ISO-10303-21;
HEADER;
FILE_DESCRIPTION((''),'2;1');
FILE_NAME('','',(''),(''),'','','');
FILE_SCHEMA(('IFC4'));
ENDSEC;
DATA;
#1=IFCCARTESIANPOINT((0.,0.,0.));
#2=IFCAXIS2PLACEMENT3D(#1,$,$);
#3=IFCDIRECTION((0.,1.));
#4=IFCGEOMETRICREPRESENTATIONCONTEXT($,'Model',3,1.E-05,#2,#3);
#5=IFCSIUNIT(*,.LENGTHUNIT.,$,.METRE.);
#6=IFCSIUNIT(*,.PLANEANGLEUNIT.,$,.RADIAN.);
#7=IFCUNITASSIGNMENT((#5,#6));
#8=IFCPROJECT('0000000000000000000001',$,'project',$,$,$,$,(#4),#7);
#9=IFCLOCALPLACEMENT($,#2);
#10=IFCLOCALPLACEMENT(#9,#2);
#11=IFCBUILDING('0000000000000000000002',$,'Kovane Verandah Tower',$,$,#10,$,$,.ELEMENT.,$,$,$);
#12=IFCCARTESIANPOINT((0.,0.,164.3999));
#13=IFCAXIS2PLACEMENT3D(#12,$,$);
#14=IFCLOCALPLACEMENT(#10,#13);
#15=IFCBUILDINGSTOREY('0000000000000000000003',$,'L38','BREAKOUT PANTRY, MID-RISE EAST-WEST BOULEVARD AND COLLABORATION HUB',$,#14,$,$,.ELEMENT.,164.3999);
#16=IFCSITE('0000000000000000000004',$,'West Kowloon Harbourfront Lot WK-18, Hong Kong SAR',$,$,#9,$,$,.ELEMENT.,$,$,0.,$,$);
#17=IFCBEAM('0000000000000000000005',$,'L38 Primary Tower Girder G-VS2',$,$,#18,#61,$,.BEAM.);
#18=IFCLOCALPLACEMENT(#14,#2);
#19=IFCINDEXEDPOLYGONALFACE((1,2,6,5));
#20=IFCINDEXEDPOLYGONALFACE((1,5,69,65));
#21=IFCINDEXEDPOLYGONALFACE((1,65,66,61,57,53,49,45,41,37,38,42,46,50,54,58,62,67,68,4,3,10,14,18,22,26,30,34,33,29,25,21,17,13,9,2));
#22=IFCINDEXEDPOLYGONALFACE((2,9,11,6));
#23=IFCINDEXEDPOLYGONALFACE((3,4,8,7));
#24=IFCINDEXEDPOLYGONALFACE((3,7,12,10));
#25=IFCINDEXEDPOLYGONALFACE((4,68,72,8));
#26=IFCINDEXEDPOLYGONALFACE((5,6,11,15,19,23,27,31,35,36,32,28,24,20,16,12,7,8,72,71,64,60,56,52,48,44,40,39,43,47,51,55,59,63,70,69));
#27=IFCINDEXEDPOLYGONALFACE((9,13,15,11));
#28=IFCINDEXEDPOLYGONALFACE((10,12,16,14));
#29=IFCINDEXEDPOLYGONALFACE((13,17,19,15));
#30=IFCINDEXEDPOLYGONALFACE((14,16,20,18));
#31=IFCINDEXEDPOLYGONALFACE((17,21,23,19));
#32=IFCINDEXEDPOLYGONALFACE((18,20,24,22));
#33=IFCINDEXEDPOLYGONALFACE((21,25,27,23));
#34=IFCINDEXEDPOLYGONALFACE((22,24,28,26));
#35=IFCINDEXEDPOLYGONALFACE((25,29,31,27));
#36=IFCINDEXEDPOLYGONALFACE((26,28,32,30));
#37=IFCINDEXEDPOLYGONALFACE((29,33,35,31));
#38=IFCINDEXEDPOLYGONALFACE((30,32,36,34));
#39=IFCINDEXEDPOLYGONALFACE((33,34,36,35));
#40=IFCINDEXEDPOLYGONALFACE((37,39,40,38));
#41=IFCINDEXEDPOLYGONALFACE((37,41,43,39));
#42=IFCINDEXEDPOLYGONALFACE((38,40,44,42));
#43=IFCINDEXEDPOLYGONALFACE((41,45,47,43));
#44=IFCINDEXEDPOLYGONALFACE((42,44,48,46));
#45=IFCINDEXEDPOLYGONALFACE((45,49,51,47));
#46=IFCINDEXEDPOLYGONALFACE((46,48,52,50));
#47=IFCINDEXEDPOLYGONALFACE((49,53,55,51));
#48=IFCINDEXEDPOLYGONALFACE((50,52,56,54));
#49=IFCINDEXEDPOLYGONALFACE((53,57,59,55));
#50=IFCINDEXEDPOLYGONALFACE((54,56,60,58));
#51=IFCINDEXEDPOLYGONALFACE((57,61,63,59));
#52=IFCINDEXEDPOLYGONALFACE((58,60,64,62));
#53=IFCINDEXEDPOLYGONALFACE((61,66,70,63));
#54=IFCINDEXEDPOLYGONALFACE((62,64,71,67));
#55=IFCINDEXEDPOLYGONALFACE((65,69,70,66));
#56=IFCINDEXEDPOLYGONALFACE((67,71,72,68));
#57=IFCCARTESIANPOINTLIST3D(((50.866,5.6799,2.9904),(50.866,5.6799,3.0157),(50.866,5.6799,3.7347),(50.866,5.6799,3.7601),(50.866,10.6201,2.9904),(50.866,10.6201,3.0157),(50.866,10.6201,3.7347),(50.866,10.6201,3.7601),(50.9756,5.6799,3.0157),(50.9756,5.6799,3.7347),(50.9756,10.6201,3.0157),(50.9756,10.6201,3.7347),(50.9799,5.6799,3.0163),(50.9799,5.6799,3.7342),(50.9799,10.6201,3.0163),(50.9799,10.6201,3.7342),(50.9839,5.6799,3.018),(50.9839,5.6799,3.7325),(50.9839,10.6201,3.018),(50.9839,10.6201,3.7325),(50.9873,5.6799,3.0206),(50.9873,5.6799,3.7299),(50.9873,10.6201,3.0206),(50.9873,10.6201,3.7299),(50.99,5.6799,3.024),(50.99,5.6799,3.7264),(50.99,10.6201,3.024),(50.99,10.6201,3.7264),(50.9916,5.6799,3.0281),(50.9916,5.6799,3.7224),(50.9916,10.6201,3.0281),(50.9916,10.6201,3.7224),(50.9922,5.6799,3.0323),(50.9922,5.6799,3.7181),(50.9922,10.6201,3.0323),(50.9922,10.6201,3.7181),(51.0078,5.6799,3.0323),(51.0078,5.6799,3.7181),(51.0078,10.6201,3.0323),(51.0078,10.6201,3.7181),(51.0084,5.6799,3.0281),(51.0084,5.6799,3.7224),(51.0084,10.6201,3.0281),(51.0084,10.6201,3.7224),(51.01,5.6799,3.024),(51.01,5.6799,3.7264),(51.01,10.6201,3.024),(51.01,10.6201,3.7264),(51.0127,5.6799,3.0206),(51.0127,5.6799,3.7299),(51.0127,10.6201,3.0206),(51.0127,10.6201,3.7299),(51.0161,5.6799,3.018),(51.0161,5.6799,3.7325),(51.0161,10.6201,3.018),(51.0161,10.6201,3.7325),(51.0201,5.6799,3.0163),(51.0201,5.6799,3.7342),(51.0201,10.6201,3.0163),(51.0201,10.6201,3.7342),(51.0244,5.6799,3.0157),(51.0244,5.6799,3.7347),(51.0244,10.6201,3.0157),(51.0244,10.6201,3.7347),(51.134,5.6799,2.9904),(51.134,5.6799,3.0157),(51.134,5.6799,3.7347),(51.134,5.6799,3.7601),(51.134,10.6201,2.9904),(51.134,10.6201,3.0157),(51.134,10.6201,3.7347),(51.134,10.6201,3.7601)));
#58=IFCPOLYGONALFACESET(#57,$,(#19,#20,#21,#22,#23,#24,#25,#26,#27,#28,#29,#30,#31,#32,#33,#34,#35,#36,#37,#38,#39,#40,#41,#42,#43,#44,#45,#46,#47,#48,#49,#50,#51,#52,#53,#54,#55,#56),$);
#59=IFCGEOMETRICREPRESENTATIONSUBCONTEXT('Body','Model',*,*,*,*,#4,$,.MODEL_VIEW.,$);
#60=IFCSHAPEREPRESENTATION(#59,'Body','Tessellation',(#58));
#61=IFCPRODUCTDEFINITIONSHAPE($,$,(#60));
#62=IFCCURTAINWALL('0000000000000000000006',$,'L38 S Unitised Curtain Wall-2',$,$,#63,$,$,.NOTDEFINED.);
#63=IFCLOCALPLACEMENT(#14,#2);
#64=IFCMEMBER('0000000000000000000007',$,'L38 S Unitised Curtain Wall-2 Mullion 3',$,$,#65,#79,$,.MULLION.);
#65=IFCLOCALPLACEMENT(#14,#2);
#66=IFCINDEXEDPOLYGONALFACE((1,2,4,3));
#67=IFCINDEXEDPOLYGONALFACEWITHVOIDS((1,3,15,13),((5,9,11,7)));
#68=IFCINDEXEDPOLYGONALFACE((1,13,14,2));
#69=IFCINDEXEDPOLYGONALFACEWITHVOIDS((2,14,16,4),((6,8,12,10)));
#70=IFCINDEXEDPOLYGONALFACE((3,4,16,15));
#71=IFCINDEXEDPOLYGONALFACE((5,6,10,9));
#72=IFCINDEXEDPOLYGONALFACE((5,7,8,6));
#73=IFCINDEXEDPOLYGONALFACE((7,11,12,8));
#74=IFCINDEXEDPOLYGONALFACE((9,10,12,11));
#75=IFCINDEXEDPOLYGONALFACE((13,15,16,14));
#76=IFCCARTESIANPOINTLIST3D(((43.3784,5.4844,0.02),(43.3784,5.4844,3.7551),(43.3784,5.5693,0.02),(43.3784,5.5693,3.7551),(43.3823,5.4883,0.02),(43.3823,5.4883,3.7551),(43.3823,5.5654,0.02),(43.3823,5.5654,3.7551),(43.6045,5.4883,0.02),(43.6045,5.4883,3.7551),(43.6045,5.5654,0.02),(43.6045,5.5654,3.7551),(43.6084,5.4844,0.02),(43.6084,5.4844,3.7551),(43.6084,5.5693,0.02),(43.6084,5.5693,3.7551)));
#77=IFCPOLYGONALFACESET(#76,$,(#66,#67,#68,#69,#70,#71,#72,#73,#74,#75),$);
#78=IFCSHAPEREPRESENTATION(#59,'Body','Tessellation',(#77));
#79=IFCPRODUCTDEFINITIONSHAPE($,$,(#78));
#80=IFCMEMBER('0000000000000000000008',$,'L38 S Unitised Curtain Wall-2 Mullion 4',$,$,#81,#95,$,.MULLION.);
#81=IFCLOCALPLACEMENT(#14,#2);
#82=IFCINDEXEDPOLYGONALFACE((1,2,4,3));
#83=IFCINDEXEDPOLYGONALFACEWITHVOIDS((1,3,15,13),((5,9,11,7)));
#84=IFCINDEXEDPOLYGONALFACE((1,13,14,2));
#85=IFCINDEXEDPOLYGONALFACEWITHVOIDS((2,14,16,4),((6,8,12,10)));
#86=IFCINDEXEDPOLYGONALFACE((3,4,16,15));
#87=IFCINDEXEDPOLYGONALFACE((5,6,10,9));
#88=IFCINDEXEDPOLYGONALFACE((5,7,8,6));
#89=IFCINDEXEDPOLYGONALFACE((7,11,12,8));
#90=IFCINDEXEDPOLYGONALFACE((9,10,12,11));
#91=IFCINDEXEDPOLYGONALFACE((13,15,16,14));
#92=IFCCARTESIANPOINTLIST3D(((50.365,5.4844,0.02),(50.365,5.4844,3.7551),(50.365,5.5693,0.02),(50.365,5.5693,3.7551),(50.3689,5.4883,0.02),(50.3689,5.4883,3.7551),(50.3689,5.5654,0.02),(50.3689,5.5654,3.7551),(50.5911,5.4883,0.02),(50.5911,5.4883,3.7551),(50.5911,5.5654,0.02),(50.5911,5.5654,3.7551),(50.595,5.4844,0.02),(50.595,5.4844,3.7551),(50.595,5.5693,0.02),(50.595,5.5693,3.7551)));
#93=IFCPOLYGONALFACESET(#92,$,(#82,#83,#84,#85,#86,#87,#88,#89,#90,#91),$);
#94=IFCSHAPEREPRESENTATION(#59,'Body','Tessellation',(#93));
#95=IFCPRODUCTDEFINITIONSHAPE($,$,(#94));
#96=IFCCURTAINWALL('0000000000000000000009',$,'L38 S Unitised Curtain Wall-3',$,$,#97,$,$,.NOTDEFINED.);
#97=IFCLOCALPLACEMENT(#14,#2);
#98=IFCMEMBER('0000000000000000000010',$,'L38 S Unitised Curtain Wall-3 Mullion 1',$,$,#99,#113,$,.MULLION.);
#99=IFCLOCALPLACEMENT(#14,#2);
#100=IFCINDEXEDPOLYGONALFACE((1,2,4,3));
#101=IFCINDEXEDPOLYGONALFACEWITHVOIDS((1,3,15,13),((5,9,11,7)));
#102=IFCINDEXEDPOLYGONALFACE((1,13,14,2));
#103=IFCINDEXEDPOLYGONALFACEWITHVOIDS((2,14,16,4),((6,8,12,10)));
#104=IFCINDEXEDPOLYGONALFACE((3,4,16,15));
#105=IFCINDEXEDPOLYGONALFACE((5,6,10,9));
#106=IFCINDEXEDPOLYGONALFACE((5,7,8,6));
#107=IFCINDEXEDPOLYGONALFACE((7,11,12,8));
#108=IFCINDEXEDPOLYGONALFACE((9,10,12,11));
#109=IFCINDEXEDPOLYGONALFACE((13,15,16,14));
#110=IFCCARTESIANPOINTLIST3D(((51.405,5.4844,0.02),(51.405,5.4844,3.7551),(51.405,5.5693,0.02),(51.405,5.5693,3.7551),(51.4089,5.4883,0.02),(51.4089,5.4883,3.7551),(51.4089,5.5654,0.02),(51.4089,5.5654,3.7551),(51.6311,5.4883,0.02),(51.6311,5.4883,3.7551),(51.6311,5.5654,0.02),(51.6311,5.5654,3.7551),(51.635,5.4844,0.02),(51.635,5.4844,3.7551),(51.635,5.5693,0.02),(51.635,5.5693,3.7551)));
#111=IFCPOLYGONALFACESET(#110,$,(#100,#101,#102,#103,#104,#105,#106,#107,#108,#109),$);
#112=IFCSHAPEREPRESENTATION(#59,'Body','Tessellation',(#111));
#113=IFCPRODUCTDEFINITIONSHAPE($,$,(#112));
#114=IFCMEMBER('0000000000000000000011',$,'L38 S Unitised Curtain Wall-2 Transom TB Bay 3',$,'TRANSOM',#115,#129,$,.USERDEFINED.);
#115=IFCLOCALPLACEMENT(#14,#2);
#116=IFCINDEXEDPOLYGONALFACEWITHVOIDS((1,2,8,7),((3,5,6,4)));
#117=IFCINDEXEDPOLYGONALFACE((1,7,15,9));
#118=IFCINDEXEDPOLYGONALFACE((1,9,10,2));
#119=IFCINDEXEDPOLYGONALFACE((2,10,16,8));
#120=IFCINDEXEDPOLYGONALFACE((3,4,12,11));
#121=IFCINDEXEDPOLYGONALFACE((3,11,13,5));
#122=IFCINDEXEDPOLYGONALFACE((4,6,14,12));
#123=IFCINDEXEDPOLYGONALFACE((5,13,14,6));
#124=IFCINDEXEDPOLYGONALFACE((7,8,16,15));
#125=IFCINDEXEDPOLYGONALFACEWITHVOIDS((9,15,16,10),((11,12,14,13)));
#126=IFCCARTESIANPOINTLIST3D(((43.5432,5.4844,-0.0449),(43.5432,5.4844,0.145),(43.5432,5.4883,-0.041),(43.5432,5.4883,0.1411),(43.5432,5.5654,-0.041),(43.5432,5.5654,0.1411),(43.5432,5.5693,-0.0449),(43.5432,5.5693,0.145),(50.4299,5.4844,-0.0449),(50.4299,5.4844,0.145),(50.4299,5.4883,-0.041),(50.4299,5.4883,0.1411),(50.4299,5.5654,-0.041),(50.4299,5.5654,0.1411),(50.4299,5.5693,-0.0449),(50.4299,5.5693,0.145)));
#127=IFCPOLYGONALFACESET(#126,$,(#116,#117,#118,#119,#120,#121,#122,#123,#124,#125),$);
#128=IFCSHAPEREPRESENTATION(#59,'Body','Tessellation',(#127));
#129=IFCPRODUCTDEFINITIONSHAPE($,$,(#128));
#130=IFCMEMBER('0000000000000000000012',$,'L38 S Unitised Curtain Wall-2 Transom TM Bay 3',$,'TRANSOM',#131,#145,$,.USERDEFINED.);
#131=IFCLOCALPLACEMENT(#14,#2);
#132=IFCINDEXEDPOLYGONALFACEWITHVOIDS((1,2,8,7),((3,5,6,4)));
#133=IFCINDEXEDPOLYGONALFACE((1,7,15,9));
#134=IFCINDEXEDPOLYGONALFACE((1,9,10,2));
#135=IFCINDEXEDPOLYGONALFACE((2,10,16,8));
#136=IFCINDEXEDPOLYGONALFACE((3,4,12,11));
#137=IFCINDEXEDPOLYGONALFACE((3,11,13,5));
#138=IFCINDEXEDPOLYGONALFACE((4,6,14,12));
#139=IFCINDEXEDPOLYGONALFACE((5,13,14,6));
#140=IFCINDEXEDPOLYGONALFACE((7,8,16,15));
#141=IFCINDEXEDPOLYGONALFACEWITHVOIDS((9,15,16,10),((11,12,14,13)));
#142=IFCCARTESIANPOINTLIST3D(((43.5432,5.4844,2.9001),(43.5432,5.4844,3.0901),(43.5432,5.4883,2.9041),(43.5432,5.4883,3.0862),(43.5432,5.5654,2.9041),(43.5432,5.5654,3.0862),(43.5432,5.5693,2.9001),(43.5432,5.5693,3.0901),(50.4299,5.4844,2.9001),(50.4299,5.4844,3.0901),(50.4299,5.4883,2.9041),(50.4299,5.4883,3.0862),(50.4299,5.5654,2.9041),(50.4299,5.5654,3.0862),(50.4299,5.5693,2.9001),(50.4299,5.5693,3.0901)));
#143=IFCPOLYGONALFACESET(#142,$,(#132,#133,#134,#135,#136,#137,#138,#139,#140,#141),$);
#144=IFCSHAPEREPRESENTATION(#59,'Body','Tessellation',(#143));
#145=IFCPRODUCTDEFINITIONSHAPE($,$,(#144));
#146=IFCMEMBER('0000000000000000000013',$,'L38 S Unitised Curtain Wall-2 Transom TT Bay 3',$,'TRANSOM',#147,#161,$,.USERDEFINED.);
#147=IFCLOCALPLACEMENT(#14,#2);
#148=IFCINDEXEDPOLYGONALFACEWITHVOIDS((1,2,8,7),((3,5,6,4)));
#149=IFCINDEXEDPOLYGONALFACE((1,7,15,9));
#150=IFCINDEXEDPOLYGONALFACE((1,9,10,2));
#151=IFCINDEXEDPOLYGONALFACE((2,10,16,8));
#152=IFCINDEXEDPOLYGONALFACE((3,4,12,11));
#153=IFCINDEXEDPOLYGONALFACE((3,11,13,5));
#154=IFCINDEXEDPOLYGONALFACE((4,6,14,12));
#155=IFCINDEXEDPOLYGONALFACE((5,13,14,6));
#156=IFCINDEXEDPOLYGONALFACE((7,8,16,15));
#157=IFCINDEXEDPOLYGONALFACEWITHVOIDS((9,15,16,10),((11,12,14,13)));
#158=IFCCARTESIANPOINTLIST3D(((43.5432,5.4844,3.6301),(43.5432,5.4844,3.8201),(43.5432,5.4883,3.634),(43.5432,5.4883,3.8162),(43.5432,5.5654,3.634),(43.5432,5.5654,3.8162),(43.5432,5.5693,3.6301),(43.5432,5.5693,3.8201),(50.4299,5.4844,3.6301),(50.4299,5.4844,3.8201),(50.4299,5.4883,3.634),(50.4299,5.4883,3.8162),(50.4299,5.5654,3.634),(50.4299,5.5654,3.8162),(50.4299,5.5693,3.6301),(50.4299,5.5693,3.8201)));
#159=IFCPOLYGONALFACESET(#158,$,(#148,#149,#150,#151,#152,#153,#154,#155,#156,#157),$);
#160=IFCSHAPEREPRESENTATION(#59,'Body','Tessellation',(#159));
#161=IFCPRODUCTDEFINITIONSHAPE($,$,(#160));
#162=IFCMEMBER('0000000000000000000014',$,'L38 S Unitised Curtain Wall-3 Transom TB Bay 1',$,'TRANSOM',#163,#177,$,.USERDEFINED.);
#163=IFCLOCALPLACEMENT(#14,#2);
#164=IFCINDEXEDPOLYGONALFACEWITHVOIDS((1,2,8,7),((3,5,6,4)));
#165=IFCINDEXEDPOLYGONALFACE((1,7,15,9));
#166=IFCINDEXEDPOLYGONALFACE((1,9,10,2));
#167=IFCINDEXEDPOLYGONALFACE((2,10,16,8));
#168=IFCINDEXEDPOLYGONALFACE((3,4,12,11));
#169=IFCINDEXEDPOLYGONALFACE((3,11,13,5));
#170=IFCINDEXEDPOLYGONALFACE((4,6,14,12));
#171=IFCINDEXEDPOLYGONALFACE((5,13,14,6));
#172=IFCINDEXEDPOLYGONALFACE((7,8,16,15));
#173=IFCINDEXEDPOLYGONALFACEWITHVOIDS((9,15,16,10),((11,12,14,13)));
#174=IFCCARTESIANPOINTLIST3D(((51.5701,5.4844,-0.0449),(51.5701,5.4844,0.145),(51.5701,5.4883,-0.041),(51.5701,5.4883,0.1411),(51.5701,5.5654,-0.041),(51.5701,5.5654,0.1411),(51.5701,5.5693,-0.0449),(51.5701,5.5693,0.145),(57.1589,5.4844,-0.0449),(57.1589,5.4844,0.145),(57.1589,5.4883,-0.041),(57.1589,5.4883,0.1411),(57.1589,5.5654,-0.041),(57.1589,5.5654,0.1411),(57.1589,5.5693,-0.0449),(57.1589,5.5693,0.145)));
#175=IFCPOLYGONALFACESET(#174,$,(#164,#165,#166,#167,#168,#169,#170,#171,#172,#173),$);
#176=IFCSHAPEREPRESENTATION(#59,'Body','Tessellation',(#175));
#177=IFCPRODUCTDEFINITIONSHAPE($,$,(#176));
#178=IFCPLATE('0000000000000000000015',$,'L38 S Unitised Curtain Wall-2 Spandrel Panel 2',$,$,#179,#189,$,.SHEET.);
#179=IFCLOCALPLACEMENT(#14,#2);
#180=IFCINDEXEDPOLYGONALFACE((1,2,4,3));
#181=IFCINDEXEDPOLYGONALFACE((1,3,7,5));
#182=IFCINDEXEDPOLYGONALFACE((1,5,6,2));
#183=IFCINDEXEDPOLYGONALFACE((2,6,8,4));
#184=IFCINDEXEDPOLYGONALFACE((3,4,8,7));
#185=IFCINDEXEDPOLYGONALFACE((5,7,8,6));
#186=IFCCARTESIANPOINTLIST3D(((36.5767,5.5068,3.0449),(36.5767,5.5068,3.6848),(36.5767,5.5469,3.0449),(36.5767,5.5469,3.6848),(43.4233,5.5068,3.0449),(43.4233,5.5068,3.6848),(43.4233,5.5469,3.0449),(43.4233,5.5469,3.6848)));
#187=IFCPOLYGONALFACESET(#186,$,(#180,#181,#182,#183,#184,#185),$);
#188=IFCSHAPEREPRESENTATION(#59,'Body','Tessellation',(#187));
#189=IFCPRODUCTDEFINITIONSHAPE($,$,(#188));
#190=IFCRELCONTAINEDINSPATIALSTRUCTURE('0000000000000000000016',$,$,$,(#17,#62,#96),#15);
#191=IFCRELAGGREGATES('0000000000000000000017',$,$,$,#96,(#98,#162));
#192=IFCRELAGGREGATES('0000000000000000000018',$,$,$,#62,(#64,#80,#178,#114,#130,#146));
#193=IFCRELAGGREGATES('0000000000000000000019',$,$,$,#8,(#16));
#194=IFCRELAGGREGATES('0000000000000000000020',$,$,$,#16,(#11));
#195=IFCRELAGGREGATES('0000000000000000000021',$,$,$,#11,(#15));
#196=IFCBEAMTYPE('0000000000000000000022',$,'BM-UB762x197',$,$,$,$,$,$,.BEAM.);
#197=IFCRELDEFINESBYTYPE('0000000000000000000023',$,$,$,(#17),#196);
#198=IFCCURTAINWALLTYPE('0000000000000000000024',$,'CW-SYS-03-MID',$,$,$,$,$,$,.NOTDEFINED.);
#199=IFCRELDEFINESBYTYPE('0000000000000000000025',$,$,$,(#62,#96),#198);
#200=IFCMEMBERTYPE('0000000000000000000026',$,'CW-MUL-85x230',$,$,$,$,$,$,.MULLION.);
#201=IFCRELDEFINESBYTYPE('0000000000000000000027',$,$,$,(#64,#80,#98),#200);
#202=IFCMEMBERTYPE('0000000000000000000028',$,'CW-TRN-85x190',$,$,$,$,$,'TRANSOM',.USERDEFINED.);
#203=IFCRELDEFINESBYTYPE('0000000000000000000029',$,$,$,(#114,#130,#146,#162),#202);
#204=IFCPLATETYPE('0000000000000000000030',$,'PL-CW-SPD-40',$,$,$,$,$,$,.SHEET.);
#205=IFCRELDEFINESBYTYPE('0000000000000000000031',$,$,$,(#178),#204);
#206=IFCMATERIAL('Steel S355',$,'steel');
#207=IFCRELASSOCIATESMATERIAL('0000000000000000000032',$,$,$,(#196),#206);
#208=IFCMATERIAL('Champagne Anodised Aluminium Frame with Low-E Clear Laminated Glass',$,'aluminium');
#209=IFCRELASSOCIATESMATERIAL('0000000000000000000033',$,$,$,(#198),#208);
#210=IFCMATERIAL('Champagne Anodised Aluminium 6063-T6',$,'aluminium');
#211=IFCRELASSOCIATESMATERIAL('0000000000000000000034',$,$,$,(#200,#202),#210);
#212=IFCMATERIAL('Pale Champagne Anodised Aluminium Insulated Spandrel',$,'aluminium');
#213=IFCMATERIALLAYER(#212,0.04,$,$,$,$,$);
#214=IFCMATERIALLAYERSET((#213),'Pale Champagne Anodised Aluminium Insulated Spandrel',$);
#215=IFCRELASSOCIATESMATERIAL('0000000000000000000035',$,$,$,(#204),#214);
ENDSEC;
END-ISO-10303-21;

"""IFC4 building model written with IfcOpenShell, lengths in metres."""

from ifc_helpers import new_model, si_unit, direction, frame, origin, origin_2d, place, context, subcontext, project, spatial, rectangle, hollow_rectangle, i_section, extrude, material, layer, layer_set, material_profile, profile_set, type_object, element, aggregate, save


model = new_model("IFC4")

# Units and contexts
model_context = context("Model", 3, precision=1e-05, world=origin(), true_north=direction((0.0, 1.0)))
body_context = subcontext(model_context, "Body", "Model", "MODEL_VIEW")
ifc_project = project(units=[si_unit("LENGTHUNIT", "METRE"), si_unit("PLANEANGLEUNIT", "RADIAN")], contexts=[model_context])

# Site, building, storey
site_placement = place(None, origin())
site = spatial("IfcSite", under=ifc_project, at=site_placement, Name="West Kowloon Harbourfront Lot WK-18, Hong Kong SAR", CompositionType="ELEMENT", RefElevation=0.0)
building_placement = place(site_placement, origin())
building = spatial("IfcBuilding", under=site, at=building_placement, Name="Kovane Verandah Tower", CompositionType="ELEMENT")
storey_placement = place(building_placement, frame((0.0, 0.0, 164.3999)))
storey = spatial("IfcBuildingStorey", under=building, at=storey_placement, Name="L38", Description="BREAKOUT PANTRY, MID-RISE EAST-WEST BOULEVARD AND COLLABORATION HUB", CompositionType="ELEMENT", Elevation=164.3999)

# Beam
ifc_material_1 = material(Name="Steel S355", Category="steel")
ifc_material_profile_1 = material_profile(ifc_material_1, i_section(OverallWidth=0.2681, OverallDepth=0.7698, WebThickness=0.0156, FlangeThickness=0.0254, FilletRadius=0.0166, at=origin_2d()), Name="UB762x267x197")
ifc_profile_set_1 = profile_set([ifc_material_profile_1], Name="Steel S355")
beam_type = type_object("IfcBeamType", Name="BM-UB762x197", PredefinedType="BEAM", material=ifc_profile_set_1)
beam_1_placement = place(storey_placement, frame((51.0, 10.6201, 3.3752), z_axis=(0.0, -1.0, 0.0), x_axis=(1.0, 0.0, 0.0)))
element("IfcBeam", 1, at=beam_1_placement, inside=storey, type_object=beam_type, Name="L38 Primary Tower Girder G-VS2", PredefinedType="BEAM", context=body_context, shape_type="SweptSolid", body=[
    extrude(i_section(OverallWidth=0.2681, OverallDepth=0.7698, WebThickness=0.0156, FlangeThickness=0.0254, FilletRadius=0.0166, at=origin_2d()), origin(), (0.0, 0.0, 1.0), 4.9402),
])

# Curtain wall, members
ifc_material_2 = material(Name="Champagne Anodised Aluminium Frame with Low-E Clear Laminated Glass", Category="aluminium")
curtain_wall_type = type_object("IfcCurtainWallType", Name="CW-SYS-03-MID", PredefinedType="NOTDEFINED", material=ifc_material_2)
curtain_wall_1_placement = place(storey_placement, origin())
curtain_wall_1 = element("IfcCurtainWall", 2, at=curtain_wall_1_placement, inside=storey, type_object=curtain_wall_type, Name="L38 S Unitised Curtain Wall-2", PredefinedType="NOTDEFINED")
ifc_material_3 = material(Name="Champagne Anodised Aluminium 6063-T6", Category="aluminium")
ifc_material_profile_2 = material_profile(ifc_material_3, hollow_rectangle(XDim=0.085, YDim=0.23, WallThickness=0.0039, at=origin_2d()), Name="AL85x230x4")
ifc_profile_set_2 = profile_set([ifc_material_profile_2], Name="Champagne Anodised Aluminium 6063-T6")
member_type_1 = type_object("IfcMemberType", Name="CW-MUL-85x230", PredefinedType="MULLION", material=ifc_profile_set_2)
member_1_placement = place(storey_placement, frame((43.4934, 5.5269, 0.02), z_axis=(0.0, 0.0, 1.0), x_axis=(0.0, -1.0, 0.0)))
member_1 = element("IfcMember", 3, at=member_1_placement, type_object=member_type_1, Name="L38 S Unitised Curtain Wall-2 Mullion 3", PredefinedType="MULLION", context=body_context, shape_type="SweptSolid", body=[
    extrude(hollow_rectangle(XDim=0.085, YDim=0.23, WallThickness=0.0039, at=origin_2d()), origin(), (0.0, 0.0, 1.0), 3.7351),
])
member_2_placement = place(storey_placement, frame((50.48, 5.5269, 0.02), z_axis=(0.0, 0.0, 1.0), x_axis=(0.0, -1.0, 0.0)))
member_2 = element("IfcMember", 4, at=member_2_placement, type_object=member_type_1, Name="L38 S Unitised Curtain Wall-2 Mullion 4", PredefinedType="MULLION", context=body_context, shape_type="SweptSolid", body=[
    extrude(hollow_rectangle(XDim=0.085, YDim=0.23, WallThickness=0.0039, at=origin_2d()), origin(), (0.0, 0.0, 1.0), 3.7351),
])

# Curtain wall, member
curtain_wall_2_placement = place(storey_placement, origin())
curtain_wall_2 = element("IfcCurtainWall", 5, at=curtain_wall_2_placement, inside=storey, type_object=curtain_wall_type, Name="L38 S Unitised Curtain Wall-3", PredefinedType="NOTDEFINED")
member_3_placement = place(storey_placement, frame((51.52, 5.5269, 0.02), z_axis=(0.0, 0.0, 1.0), x_axis=(0.0, -1.0, 0.0)))
member_3 = element("IfcMember", 6, at=member_3_placement, type_object=member_type_1, Name="L38 S Unitised Curtain Wall-3 Mullion 1", PredefinedType="MULLION", context=body_context, shape_type="SweptSolid", body=[
    extrude(hollow_rectangle(XDim=0.085, YDim=0.23, WallThickness=0.0039, at=origin_2d()), origin(), (0.0, 0.0, 1.0), 3.7351),
])

# Members
ifc_material_profile_3 = material_profile(ifc_material_3, hollow_rectangle(XDim=0.085, YDim=0.1899, WallThickness=0.0039, at=origin_2d()), Name="AL85x190x4")
ifc_profile_set_3 = profile_set([ifc_material_profile_3], Name="Champagne Anodised Aluminium 6063-T6")
member_type_2 = type_object("IfcMemberType", Name="CW-TRN-85x190", ElementType="TRANSOM", PredefinedType="USERDEFINED", material=ifc_profile_set_3)
member_4_placement = place(storey_placement, frame((43.5432, 5.5269, 0.05), z_axis=(1.0, 0.0, 0.0), x_axis=(0.0, 1.0, 0.0)))
member_4 = element("IfcMember", 7, at=member_4_placement, type_object=member_type_2, Name="L38 S Unitised Curtain Wall-2 Transom TB Bay 3", ObjectType="TRANSOM", PredefinedType="USERDEFINED", context=body_context, shape_type="SweptSolid", body=[
    extrude(hollow_rectangle(XDim=0.085, YDim=0.1899, WallThickness=0.0039, at=origin_2d()), origin(), (0.0, 0.0, 1.0), 6.8867),
])
member_5_placement = place(storey_placement, frame((43.5432, 5.5269, 2.9951), z_axis=(1.0, 0.0, 0.0), x_axis=(0.0, 1.0, 0.0)))
member_5 = element("IfcMember", 8, at=member_5_placement, type_object=member_type_2, Name="L38 S Unitised Curtain Wall-2 Transom TM Bay 3", ObjectType="TRANSOM", PredefinedType="USERDEFINED", context=body_context, shape_type="SweptSolid", body=[
    extrude(hollow_rectangle(XDim=0.085, YDim=0.1899, WallThickness=0.0039, at=origin_2d()), origin(), (0.0, 0.0, 1.0), 6.8867),
])
member_6_placement = place(storey_placement, frame((43.5432, 5.5269, 3.7251), z_axis=(1.0, 0.0, 0.0), x_axis=(0.0, 1.0, 0.0)))
member_6 = element("IfcMember", 9, at=member_6_placement, type_object=member_type_2, Name="L38 S Unitised Curtain Wall-2 Transom TT Bay 3", ObjectType="TRANSOM", PredefinedType="USERDEFINED", context=body_context, shape_type="SweptSolid", body=[
    extrude(hollow_rectangle(XDim=0.085, YDim=0.1899, WallThickness=0.0039, at=origin_2d()), origin(), (0.0, 0.0, 1.0), 6.8867),
])
member_7_placement = place(storey_placement, frame((51.5701, 5.5269, 0.05), z_axis=(1.0, 0.0, 0.0), x_axis=(0.0, 1.0, 0.0)))
member_7 = element("IfcMember", 10, at=member_7_placement, type_object=member_type_2, Name="L38 S Unitised Curtain Wall-3 Transom TB Bay 1", ObjectType="TRANSOM", PredefinedType="USERDEFINED", context=body_context, shape_type="SweptSolid", body=[
    extrude(hollow_rectangle(XDim=0.085, YDim=0.1899, WallThickness=0.0039, at=origin_2d()), origin(), (0.0, 0.0, 1.0), 5.5889),
])
aggregate(curtain_wall_2, [member_3, member_7])

# Plate
ifc_material_4 = material(Name="Pale Champagne Anodised Aluminium Insulated Spandrel", Category="aluminium")
ifc_layer_1 = layer(ifc_material_4, 0.04)
ifc_layer_set_1 = layer_set([ifc_layer_1], Name="Pale Champagne Anodised Aluminium Insulated Spandrel")
plate_type_1 = type_object("IfcPlateType", Name="PL-CW-SPD-40", PredefinedType="SHEET", material=ifc_layer_set_1)
plate_1_placement = place(storey_placement, frame((40.0, 5.5269, 3.0449), z_axis=(0.0, 0.0, 1.0), x_axis=(1.0, 0.0, 0.0)))
plate_1 = element("IfcPlate", 11, at=plate_1_placement, type_object=plate_type_1, Name="L38 S Unitised Curtain Wall-2 Spandrel Panel 2", PredefinedType="SHEET", context=body_context, shape_type="SweptSolid", body=[
    extrude(rectangle(XDim=6.8467, YDim=0.04, at=origin_2d()), origin(), (0.0, 0.0, 1.0), 0.6399),
])
aggregate(curtain_wall_1, [member_1, member_2, plate_1, member_4, member_5, member_6])

save(model, "model.ifc")
